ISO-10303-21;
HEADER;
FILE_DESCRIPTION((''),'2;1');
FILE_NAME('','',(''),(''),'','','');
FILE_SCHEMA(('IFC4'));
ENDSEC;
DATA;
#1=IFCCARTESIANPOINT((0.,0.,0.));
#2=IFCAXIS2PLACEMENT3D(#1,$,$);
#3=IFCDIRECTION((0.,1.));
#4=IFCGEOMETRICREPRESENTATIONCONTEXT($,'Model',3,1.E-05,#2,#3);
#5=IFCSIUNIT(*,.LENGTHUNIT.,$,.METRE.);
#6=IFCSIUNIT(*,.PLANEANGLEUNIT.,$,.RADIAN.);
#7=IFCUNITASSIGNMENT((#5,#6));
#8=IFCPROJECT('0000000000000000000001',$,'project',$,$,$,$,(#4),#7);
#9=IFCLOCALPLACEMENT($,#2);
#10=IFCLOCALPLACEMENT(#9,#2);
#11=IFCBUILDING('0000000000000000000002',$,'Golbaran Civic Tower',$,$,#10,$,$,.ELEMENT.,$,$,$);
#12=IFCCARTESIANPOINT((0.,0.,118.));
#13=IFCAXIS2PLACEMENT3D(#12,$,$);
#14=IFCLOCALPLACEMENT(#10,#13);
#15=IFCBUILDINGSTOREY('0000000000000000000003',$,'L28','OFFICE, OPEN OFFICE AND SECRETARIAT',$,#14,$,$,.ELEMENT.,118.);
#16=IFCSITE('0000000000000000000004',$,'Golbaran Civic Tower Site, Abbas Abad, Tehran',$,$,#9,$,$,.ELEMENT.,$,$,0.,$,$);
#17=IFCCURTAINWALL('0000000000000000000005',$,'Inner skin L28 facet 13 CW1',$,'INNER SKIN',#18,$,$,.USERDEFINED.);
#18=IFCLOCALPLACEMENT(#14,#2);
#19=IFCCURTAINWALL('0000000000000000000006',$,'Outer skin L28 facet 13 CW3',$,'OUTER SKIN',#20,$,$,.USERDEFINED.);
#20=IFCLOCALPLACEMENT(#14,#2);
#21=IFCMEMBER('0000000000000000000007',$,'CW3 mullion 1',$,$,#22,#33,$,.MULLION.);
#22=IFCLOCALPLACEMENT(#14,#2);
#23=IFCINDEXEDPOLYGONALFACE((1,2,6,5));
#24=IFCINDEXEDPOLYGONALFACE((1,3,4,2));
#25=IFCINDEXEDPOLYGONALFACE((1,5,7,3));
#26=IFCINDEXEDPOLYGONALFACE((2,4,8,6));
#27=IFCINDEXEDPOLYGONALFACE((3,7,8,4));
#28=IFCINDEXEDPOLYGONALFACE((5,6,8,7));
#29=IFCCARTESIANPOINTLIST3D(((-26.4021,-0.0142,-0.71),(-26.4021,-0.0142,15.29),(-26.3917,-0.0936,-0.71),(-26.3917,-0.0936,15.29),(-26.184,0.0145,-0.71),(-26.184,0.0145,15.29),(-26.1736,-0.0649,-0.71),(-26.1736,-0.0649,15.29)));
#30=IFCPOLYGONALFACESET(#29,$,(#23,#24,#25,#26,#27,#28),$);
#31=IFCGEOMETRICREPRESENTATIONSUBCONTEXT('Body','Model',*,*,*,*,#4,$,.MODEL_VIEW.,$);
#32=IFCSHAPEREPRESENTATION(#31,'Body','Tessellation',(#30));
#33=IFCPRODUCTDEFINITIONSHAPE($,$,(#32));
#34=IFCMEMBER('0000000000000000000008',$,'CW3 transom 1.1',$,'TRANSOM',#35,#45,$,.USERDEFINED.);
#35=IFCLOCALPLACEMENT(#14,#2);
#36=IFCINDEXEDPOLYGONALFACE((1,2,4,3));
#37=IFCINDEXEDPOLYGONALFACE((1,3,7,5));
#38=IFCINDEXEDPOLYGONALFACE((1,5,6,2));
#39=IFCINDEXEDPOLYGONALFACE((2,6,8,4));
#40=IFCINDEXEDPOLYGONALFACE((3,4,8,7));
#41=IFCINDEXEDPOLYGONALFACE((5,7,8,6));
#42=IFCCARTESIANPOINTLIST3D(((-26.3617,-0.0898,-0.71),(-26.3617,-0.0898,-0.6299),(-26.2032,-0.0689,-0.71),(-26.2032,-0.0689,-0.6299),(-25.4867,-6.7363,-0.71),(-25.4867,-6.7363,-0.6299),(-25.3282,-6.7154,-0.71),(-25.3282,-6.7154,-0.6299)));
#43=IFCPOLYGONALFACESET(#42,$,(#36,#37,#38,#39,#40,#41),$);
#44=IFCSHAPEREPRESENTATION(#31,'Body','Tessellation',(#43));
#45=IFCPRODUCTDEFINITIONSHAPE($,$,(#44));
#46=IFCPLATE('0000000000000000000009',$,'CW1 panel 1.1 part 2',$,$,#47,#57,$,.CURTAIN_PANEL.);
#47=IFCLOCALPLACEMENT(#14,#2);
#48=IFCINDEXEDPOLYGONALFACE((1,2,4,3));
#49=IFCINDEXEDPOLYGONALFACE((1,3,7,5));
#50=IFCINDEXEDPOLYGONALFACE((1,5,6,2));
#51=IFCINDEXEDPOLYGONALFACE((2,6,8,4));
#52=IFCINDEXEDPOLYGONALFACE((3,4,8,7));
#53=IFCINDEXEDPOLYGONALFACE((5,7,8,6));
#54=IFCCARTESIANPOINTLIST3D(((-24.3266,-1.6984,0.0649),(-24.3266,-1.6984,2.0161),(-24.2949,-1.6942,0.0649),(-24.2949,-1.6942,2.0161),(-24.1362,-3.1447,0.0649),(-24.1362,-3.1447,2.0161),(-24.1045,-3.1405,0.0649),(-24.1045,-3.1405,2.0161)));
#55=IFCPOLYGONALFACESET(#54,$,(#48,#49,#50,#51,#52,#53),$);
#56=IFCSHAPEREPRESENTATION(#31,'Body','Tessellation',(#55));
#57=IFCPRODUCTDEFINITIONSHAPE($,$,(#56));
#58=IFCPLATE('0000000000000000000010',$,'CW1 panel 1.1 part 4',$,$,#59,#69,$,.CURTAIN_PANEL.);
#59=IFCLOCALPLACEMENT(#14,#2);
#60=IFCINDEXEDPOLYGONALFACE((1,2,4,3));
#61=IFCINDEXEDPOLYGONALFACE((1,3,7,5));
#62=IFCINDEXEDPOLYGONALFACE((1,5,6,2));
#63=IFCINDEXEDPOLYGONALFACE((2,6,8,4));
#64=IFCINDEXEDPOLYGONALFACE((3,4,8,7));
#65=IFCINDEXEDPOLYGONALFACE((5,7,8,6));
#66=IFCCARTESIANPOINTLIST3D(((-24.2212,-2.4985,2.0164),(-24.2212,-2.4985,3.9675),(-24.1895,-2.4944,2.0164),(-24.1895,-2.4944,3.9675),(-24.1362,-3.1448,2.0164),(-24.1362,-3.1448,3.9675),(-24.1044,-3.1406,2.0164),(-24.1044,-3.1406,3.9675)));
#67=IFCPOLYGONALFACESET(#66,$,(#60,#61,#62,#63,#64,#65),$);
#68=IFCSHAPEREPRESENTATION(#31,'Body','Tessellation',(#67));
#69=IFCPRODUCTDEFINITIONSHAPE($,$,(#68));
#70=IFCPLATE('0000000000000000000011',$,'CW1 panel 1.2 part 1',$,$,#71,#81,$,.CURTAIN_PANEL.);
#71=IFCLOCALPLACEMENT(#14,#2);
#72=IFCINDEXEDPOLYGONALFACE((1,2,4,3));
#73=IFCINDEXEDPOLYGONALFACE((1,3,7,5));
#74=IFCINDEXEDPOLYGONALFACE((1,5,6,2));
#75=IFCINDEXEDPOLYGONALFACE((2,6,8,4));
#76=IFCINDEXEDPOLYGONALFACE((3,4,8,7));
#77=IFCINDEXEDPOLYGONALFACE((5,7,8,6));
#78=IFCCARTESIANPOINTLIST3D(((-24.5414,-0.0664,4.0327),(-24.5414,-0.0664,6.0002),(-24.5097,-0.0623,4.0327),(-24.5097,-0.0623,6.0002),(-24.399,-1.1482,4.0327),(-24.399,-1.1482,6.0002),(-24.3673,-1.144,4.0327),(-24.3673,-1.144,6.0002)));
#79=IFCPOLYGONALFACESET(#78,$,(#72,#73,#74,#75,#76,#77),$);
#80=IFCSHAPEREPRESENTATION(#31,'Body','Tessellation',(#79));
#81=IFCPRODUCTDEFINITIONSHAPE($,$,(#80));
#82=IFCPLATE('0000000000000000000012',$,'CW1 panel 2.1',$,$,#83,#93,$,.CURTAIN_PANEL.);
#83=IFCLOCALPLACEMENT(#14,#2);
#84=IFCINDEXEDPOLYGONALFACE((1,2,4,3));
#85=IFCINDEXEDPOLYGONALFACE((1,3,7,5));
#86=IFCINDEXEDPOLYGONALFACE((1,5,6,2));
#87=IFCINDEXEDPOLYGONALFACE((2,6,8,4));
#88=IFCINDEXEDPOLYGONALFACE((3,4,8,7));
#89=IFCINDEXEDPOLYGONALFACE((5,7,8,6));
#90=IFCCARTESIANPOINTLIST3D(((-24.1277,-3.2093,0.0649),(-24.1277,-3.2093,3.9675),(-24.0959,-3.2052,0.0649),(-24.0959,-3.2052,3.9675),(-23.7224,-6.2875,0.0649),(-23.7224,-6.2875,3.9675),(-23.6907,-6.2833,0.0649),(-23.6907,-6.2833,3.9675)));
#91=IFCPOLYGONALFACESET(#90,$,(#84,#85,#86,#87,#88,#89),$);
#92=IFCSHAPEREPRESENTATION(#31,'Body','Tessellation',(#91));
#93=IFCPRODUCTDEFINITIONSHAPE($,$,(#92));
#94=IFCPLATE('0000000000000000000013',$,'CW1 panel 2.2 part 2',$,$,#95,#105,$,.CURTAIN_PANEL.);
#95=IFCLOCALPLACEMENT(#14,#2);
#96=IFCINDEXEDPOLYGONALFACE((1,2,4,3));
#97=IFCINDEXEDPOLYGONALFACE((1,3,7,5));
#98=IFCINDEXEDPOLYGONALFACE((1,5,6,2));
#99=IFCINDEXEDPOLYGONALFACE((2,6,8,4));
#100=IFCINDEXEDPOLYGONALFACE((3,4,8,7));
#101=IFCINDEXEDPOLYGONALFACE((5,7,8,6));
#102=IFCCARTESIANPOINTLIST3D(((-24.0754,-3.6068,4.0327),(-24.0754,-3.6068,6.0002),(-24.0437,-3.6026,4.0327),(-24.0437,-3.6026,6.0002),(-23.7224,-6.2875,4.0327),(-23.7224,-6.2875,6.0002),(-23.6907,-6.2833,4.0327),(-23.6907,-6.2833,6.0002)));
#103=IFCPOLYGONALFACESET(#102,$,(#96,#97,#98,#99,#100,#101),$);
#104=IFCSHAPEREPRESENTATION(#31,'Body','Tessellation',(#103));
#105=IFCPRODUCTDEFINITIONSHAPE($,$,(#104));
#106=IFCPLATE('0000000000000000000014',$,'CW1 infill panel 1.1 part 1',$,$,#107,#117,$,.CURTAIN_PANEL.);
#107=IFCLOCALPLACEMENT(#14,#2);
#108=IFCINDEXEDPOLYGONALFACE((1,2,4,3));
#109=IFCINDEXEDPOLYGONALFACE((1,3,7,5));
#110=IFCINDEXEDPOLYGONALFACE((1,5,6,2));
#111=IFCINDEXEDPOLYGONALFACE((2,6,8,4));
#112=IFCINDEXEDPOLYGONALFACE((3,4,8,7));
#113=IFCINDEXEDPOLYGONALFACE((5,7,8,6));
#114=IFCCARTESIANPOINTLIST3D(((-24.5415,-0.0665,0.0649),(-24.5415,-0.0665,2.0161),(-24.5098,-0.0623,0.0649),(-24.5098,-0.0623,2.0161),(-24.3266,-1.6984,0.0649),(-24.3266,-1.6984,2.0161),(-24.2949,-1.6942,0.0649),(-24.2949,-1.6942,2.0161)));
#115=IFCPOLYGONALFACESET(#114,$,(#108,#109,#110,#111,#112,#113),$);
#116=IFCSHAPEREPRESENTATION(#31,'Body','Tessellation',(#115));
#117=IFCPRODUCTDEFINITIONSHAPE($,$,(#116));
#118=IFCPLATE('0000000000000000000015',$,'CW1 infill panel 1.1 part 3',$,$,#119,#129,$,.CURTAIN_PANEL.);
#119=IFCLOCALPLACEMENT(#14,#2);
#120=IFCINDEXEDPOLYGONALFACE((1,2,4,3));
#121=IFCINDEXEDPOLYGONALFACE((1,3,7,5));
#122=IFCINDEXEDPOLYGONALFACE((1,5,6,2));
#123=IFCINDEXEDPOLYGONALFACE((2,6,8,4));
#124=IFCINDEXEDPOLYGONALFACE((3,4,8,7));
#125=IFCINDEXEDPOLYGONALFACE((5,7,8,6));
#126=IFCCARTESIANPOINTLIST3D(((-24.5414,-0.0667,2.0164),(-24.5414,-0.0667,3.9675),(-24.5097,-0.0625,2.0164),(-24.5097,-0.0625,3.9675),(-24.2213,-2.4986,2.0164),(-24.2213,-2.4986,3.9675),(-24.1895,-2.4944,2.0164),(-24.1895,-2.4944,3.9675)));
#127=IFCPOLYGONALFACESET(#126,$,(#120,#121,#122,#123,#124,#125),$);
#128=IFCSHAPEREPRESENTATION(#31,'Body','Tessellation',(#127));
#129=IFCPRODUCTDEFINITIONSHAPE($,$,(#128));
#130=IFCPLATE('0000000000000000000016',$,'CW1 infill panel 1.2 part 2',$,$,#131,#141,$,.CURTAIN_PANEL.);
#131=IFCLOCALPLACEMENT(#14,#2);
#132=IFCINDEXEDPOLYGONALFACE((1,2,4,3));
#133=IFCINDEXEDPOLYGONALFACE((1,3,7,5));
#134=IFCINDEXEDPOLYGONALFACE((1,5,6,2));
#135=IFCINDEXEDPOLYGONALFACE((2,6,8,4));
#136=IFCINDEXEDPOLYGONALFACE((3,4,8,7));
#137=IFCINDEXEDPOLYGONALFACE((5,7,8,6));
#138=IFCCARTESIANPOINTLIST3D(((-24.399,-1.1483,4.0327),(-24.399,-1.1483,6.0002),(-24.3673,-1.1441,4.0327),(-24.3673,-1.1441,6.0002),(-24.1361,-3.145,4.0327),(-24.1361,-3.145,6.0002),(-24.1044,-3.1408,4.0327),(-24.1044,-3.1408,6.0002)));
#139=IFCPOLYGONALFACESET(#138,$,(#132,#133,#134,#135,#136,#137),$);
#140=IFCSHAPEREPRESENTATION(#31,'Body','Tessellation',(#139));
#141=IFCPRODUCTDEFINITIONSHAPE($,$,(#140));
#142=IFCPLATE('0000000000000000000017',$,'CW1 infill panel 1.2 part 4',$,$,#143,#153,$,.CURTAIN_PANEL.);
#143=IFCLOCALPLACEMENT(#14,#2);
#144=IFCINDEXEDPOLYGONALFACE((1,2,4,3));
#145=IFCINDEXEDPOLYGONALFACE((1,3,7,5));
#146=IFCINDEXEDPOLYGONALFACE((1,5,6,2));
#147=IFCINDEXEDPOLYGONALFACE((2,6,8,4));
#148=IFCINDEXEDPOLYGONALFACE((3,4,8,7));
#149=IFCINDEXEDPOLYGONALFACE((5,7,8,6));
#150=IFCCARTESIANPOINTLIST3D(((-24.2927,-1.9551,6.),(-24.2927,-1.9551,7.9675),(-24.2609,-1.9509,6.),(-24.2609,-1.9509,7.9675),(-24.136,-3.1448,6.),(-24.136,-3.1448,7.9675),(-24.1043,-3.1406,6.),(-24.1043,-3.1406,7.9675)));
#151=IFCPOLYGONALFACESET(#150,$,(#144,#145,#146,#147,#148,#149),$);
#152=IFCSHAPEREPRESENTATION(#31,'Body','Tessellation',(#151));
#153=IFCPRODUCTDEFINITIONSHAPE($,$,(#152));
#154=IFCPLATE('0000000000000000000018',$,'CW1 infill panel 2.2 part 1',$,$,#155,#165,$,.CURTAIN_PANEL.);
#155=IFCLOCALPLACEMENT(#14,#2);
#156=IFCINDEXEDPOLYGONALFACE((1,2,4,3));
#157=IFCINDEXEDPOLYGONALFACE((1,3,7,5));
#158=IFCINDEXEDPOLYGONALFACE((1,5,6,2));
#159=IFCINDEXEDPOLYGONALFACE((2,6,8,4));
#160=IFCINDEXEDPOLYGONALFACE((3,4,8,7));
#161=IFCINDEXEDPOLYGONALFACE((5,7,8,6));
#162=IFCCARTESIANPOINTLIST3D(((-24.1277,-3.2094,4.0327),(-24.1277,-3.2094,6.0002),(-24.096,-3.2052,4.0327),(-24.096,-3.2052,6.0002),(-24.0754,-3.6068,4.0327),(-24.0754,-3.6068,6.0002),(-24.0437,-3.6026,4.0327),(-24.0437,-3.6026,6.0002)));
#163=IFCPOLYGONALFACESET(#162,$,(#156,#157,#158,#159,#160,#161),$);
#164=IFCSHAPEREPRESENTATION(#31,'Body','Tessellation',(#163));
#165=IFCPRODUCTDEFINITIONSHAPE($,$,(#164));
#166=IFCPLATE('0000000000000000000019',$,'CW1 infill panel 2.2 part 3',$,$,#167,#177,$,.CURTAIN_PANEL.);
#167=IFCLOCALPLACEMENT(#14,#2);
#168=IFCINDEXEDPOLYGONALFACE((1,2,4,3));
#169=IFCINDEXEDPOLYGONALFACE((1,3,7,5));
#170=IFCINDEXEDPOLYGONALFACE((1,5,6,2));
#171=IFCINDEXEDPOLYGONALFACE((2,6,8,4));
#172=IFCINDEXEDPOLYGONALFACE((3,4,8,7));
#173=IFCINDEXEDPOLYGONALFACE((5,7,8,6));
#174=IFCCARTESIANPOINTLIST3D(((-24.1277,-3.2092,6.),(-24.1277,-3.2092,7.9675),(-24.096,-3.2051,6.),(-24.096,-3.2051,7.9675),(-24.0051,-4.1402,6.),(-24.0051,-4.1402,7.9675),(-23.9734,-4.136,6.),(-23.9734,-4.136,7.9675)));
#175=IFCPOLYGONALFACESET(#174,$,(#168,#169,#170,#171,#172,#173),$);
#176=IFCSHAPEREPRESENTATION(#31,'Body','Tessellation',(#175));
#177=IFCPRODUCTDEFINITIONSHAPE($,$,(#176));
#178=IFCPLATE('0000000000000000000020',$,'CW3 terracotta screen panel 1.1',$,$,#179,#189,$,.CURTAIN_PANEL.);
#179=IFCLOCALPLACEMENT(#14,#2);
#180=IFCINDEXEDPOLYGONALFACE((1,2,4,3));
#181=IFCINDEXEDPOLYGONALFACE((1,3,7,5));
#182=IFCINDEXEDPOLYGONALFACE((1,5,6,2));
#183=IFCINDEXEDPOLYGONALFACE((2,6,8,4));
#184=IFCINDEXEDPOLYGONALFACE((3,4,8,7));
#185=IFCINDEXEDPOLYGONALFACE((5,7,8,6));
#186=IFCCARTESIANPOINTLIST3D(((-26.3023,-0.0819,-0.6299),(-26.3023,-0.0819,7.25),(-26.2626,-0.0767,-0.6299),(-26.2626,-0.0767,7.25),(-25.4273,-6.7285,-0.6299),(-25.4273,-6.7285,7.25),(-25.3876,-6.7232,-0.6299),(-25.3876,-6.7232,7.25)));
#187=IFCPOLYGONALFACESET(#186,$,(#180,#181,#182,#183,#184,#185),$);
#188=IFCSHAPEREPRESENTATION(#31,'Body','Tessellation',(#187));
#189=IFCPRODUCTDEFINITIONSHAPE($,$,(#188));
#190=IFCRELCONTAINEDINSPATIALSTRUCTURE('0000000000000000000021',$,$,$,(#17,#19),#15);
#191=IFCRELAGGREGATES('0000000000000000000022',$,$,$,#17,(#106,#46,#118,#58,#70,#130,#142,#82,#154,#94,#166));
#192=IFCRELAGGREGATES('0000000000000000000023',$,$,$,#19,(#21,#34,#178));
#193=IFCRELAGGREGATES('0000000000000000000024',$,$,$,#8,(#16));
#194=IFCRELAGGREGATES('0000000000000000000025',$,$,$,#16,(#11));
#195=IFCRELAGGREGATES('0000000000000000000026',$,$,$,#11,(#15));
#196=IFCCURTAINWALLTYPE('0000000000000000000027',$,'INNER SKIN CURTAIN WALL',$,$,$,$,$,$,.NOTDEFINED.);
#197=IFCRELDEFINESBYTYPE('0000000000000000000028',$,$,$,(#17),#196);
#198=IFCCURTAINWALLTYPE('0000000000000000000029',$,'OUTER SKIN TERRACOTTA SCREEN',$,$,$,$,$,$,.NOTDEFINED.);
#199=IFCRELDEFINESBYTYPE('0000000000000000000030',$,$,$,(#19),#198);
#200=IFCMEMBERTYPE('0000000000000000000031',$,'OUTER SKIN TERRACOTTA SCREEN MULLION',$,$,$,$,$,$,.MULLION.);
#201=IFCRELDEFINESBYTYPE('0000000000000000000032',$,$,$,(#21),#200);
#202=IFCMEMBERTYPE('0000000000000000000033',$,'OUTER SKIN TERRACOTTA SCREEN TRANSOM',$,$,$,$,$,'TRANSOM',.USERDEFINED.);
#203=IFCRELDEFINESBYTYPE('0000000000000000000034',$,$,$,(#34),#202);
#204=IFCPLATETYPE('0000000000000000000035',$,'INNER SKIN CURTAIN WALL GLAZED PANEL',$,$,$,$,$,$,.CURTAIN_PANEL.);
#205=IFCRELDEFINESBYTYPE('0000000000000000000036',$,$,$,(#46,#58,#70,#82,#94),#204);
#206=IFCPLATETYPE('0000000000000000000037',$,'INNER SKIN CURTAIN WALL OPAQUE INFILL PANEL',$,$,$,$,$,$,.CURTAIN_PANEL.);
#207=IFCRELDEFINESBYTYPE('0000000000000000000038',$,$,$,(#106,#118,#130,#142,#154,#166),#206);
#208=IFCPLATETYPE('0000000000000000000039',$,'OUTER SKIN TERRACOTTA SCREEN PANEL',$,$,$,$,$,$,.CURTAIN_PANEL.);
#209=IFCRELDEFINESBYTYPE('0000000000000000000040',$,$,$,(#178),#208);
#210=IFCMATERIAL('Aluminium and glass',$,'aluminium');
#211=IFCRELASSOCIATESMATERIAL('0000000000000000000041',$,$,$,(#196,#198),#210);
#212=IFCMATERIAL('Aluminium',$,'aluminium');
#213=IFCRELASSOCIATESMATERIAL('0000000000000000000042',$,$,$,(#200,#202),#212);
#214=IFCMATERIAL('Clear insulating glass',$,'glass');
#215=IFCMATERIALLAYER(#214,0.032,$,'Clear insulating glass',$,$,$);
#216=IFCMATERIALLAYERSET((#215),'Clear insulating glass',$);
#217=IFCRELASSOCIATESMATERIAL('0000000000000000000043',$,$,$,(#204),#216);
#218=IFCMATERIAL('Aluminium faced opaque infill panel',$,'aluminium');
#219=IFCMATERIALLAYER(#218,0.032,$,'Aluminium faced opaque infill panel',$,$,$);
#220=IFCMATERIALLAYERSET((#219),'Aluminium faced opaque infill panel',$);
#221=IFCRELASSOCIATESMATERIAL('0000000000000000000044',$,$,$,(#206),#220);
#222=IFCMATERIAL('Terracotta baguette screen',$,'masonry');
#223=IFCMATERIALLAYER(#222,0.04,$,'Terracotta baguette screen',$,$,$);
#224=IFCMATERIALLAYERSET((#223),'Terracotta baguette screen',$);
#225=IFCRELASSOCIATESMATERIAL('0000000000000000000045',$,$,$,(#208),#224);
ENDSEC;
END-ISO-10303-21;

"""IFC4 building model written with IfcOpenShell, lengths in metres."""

from ifc_helpers import new_model, si_unit, direction, frame, origin, origin_2d, place, context, subcontext, project, spatial, rectangle, extrude, material, layer, layer_set, material_profile, profile_set, type_object, element, aggregate, save


model = new_model("IFC4")

# Units and contexts
model_context = context("Model", 3, precision=1e-05, world=origin(), true_north=direction((0.0, 1.0)))
body_context = subcontext(model_context, "Body", "Model", "MODEL_VIEW")
ifc_project = project(units=[si_unit("LENGTHUNIT", "METRE"), si_unit("PLANEANGLEUNIT", "RADIAN")], contexts=[model_context])

# Site, building, storey
site_placement = place(None, origin())
site = spatial("IfcSite", under=ifc_project, at=site_placement, Name="Golbaran Civic Tower Site, Abbas Abad, Tehran", CompositionType="ELEMENT", RefElevation=0.0)
building_placement = place(site_placement, origin())
building = spatial("IfcBuilding", under=site, at=building_placement, Name="Golbaran Civic Tower", CompositionType="ELEMENT")
storey_placement = place(building_placement, frame((0.0, 0.0, 118.0)))
storey = spatial("IfcBuildingStorey", under=building, at=storey_placement, Name="L28", Description="OFFICE, OPEN OFFICE AND SECRETARIAT", CompositionType="ELEMENT", Elevation=118.0)

# Curtain walls, members
ifc_material_1 = material(Name="Aluminium and glass", Category="aluminium")
curtain_wall_type_1 = type_object("IfcCurtainWallType", Name="INNER SKIN CURTAIN WALL", PredefinedType="NOTDEFINED", material=ifc_material_1)
curtain_wall_1_placement = place(storey_placement, origin())
curtain_wall_1 = element("IfcCurtainWall", 1, at=curtain_wall_1_placement, inside=storey, type_object=curtain_wall_type_1, Name="Inner skin L28 facet 13 CW1", ObjectType="INNER SKIN", PredefinedType="USERDEFINED")
ifc_material_2 = material(Name="Aluminium", Category="aluminium")
curtain_wall_type_2 = type_object("IfcCurtainWallType", Name="OUTER SKIN TERRACOTTA SCREEN", PredefinedType="NOTDEFINED", material=ifc_material_1)
curtain_wall_2_placement = place(storey_placement, origin())
curtain_wall_2 = element("IfcCurtainWall", 2, at=curtain_wall_2_placement, inside=storey, type_object=curtain_wall_type_2, Name="Outer skin L28 facet 13 CW3", ObjectType="OUTER SKIN", PredefinedType="USERDEFINED")
ifc_material_profile_1 = material_profile(ifc_material_2, rectangle(XDim=0.22, YDim=0.0801, at=origin_2d()), Name="OUTER SKIN TERRACOTTA SCREEN MULLION")
ifc_profile_set_1 = profile_set([ifc_material_profile_1], Name="Aluminium")
member_type_1 = type_object("IfcMemberType", Name="OUTER SKIN TERRACOTTA SCREEN MULLION", PredefinedType="MULLION", material=ifc_profile_set_1)
member_1_placement = place(storey_placement, frame((-26.2878, -0.0396, -0.71), z_axis=(0.0, 0.0, 1.0), x_axis=(0.991445, 0.130526, 0.0)))
member_1 = element("IfcMember", 3, at=member_1_placement, type_object=member_type_1, Name="CW3 mullion 1", PredefinedType="MULLION", context=body_context, shape_type="SweptSolid", body=[
    extrude(rectangle(XDim=0.22, YDim=0.0801, at=origin_2d()), origin(), (0.0, 0.0, 1.0), 16.0),
])
ifc_material_profile_2 = material_profile(ifc_material_2, rectangle(XDim=0.1599, YDim=0.0801, at=origin_2d()), Name="OUTER SKIN TERRACOTTA SCREEN TRANSOM")
ifc_profile_set_2 = profile_set([ifc_material_profile_2], Name="Aluminium")
member_type_2 = type_object("IfcMemberType", Name="OUTER SKIN TERRACOTTA SCREEN TRANSOM", ElementType="TRANSOM", PredefinedType="USERDEFINED", material=ifc_profile_set_2)
member_2_placement = place(storey_placement, frame((-26.2825, -0.0793, -0.6699), z_axis=(0.130522, -0.991445, 0.0), x_axis=(0.991445, 0.130522, 0.0)))
member_2 = element("IfcMember", 4, at=member_2_placement, type_object=member_type_2, Name="CW3 transom 1.1", ObjectType="TRANSOM", PredefinedType="USERDEFINED", context=body_context, shape_type="SweptSolid", body=[
    extrude(rectangle(XDim=0.1599, YDim=0.0801, at=origin_2d()), origin(), (0.0, 0.0, 1.0), 6.7039),
])

# Plates
ifc_material_3 = material(Name="Clear insulating glass", Category="glass")
ifc_layer_1 = layer(ifc_material_3, 0.032, Name="Clear insulating glass")
ifc_layer_set_1 = layer_set([ifc_layer_1], Name="Clear insulating glass")
plate_type_1 = type_object("IfcPlateType", Name="INNER SKIN CURTAIN WALL GLAZED PANEL", PredefinedType="CURTAIN_PANEL", material=ifc_layer_set_1)
plate_1_placement = place(storey_placement, frame((-24.2156, -2.4194, 0.0649), z_axis=(0.0, 0.0, 1.0), x_axis=(0.130526, -0.991445, 0.0)))
plate_1 = element("IfcPlate", 5, at=plate_1_placement, type_object=plate_type_1, Name="CW1 panel 1.1 part 2", PredefinedType="CURTAIN_PANEL", context=body_context, shape_type="SweptSolid", body=[
    extrude(rectangle(XDim=1.4587, YDim=0.032, at=origin_2d()), origin(), (0.0, 0.0, 1.0), 1.9512),
])
plate_2_placement = place(storey_placement, frame((-24.1628, -2.8196, 2.0164), z_axis=(0.0, 0.0, 1.0), x_axis=(0.130526, -0.991445, 0.0)))
plate_2 = element("IfcPlate", 6, at=plate_2_placement, type_object=plate_type_1, Name="CW1 panel 1.1 part 4", PredefinedType="CURTAIN_PANEL", context=body_context, shape_type="SweptSolid", body=[
    extrude(rectangle(XDim=0.6519, YDim=0.032, at=origin_2d()), origin(), (0.0, 0.0, 1.0), 1.9512),
])
plate_3_placement = place(storey_placement, frame((-24.4543, -0.6052, 4.0327), z_axis=(0.0, 0.0, 1.0), x_axis=(0.130526, -0.991445, 0.0)))
plate_3 = element("IfcPlate", 7, at=plate_3_placement, type_object=plate_type_1, Name="CW1 panel 1.2 part 1", PredefinedType="CURTAIN_PANEL", context=body_context, shape_type="SweptSolid", body=[
    extrude(rectangle(XDim=1.0911, YDim=0.032, at=origin_2d()), origin(), (0.0, 0.0, 1.0), 1.9675),
])
plate_4_placement = place(storey_placement, frame((-23.9092, -4.7463, 0.0649), z_axis=(0.0, 0.0, 1.0), x_axis=(0.130526, -0.991445, 0.0)))
plate_4 = element("IfcPlate", 8, at=plate_4_placement, type_object=plate_type_1, Name="CW1 panel 2.1", PredefinedType="CURTAIN_PANEL", context=body_context, shape_type="SweptSolid", body=[
    extrude(rectangle(XDim=3.1047, YDim=0.032, at=origin_2d()), origin(), (0.0, 0.0, 1.0), 3.9026),
])
plate_5_placement = place(storey_placement, frame((-23.8831, -4.9451, 4.0327), z_axis=(0.0, 0.0, 1.0), x_axis=(0.130526, -0.991445, 0.0)))
plate_5 = element("IfcPlate", 9, at=plate_5_placement, type_object=plate_type_1, Name="CW1 panel 2.2 part 2", PredefinedType="CURTAIN_PANEL", context=body_context, shape_type="SweptSolid", body=[
    extrude(rectangle(XDim=2.7039, YDim=0.032, at=origin_2d()), origin(), (0.0, 0.0, 1.0), 1.9675),
])
ifc_material_4 = material(Name="Aluminium faced opaque infill panel", Category="aluminium")
ifc_layer_2 = layer(ifc_material_4, 0.032, Name="Aluminium faced opaque infill panel")
ifc_layer_set_2 = layer_set([ifc_layer_2], Name="Aluminium faced opaque infill panel")
plate_type_2 = type_object("IfcPlateType", Name="INNER SKIN CURTAIN WALL OPAQUE INFILL PANEL", PredefinedType="CURTAIN_PANEL", material=ifc_layer_set_2)
plate_6_placement = place(storey_placement, frame((-24.4182, -0.8804, 0.0649), z_axis=(0.0, 0.0, 1.0), x_axis=(0.130526, -0.991445, 0.0)))
plate_6 = element("IfcPlate", 10, at=plate_6_placement, type_object=plate_type_2, Name="CW1 infill panel 1.1 part 1", PredefinedType="CURTAIN_PANEL", context=body_context, shape_type="SweptSolid", body=[
    extrude(rectangle(XDim=1.646, YDim=0.032, at=origin_2d()), origin(), (0.0, 0.0, 1.0), 1.9512),
])
plate_7_placement = place(storey_placement, frame((-24.3655, -1.2805, 2.0164), z_axis=(0.0, 0.0, 1.0), x_axis=(0.130526, -0.991445, 0.0)))
plate_7 = element("IfcPlate", 11, at=plate_7_placement, type_object=plate_type_2, Name="CW1 infill panel 1.1 part 3", PredefinedType="CURTAIN_PANEL", context=body_context, shape_type="SweptSolid", body=[
    extrude(rectangle(XDim=2.4529, YDim=0.032, at=origin_2d()), origin(), (0.0, 0.0, 1.0), 1.9512),
])
plate_8_placement = place(storey_placement, frame((-24.2517, -2.1445, 4.0327), z_axis=(0.0, 0.0, 1.0), x_axis=(0.130526, -0.991445, 0.0)))
plate_8 = element("IfcPlate", 12, at=plate_8_placement, type_object=plate_type_2, Name="CW1 infill panel 1.2 part 2", PredefinedType="CURTAIN_PANEL", context=body_context, shape_type="SweptSolid", body=[
    extrude(rectangle(XDim=2.0139, YDim=0.032, at=origin_2d()), origin(), (0.0, 0.0, 1.0), 1.9675),
])
plate_9_placement = place(storey_placement, frame((-24.1985, -2.5479, 6.0), z_axis=(0.0, 0.0, 1.0), x_axis=(0.130526, -0.991445, 0.0)))
plate_9 = element("IfcPlate", 13, at=plate_9_placement, type_object=plate_type_2, Name="CW1 infill panel 1.2 part 4", PredefinedType="CURTAIN_PANEL", context=body_context, shape_type="SweptSolid", body=[
    extrude(rectangle(XDim=1.2, YDim=0.032, at=origin_2d()), origin(), (0.0, 0.0, 1.0), 1.9675),
])
plate_10_placement = place(storey_placement, frame((-24.0857, -3.406, 4.0327), z_axis=(0.0, 0.0, 1.0), x_axis=(0.130526, -0.991445, 0.0)))
plate_10 = element("IfcPlate", 14, at=plate_10_placement, type_object=plate_type_2, Name="CW1 infill panel 2.2 part 1", PredefinedType="CURTAIN_PANEL", context=body_context, shape_type="SweptSolid", body=[
    extrude(rectangle(XDim=0.4009, YDim=0.032, at=origin_2d()), origin(), (0.0, 0.0, 1.0), 1.9675),
])
plate_11_placement = place(storey_placement, frame((-24.0505, -3.6726, 6.0), z_axis=(0.0, 0.0, 1.0), x_axis=(0.130526, -0.991445, 0.0)))
plate_11 = element("IfcPlate", 15, at=plate_11_placement, type_object=plate_type_2, Name="CW1 infill panel 2.2 part 3", PredefinedType="CURTAIN_PANEL", context=body_context, shape_type="SweptSolid", body=[
    extrude(rectangle(XDim=0.939, YDim=0.032, at=origin_2d()), origin(), (0.0, 0.0, 1.0), 1.9675),
])
aggregate(curtain_wall_1, [plate_6, plate_1, plate_7, plate_2, plate_3, plate_8, plate_9, plate_4, plate_10, plate_5, plate_11])
ifc_material_5 = material(Name="Terracotta baguette screen", Category="masonry")
ifc_layer_3 = layer(ifc_material_5, 0.04, Name="Terracotta baguette screen")
ifc_layer_set_3 = layer_set([ifc_layer_3], Name="Terracotta baguette screen")
plate_type_3 = type_object("IfcPlateType", Name="OUTER SKIN TERRACOTTA SCREEN PANEL", PredefinedType="CURTAIN_PANEL", material=ifc_layer_set_3)
plate_12_placement = place(storey_placement, frame((-25.845, -3.4026, -0.6299), z_axis=(0.0, 0.0, 1.0), x_axis=(0.130526, -0.991445, 0.0)))
plate_12 = element("IfcPlate", 16, at=plate_12_placement, type_object=plate_type_3, Name="CW3 terracotta screen panel 1.1", PredefinedType="CURTAIN_PANEL", context=body_context, shape_type="SweptSolid", body=[
    extrude(rectangle(XDim=6.7039, YDim=0.04, at=origin_2d()), origin(), (0.0, 0.0, 1.0), 7.8799),
])
aggregate(curtain_wall_2, [member_1, member_2, plate_12])

save(model, "model.ifc")
